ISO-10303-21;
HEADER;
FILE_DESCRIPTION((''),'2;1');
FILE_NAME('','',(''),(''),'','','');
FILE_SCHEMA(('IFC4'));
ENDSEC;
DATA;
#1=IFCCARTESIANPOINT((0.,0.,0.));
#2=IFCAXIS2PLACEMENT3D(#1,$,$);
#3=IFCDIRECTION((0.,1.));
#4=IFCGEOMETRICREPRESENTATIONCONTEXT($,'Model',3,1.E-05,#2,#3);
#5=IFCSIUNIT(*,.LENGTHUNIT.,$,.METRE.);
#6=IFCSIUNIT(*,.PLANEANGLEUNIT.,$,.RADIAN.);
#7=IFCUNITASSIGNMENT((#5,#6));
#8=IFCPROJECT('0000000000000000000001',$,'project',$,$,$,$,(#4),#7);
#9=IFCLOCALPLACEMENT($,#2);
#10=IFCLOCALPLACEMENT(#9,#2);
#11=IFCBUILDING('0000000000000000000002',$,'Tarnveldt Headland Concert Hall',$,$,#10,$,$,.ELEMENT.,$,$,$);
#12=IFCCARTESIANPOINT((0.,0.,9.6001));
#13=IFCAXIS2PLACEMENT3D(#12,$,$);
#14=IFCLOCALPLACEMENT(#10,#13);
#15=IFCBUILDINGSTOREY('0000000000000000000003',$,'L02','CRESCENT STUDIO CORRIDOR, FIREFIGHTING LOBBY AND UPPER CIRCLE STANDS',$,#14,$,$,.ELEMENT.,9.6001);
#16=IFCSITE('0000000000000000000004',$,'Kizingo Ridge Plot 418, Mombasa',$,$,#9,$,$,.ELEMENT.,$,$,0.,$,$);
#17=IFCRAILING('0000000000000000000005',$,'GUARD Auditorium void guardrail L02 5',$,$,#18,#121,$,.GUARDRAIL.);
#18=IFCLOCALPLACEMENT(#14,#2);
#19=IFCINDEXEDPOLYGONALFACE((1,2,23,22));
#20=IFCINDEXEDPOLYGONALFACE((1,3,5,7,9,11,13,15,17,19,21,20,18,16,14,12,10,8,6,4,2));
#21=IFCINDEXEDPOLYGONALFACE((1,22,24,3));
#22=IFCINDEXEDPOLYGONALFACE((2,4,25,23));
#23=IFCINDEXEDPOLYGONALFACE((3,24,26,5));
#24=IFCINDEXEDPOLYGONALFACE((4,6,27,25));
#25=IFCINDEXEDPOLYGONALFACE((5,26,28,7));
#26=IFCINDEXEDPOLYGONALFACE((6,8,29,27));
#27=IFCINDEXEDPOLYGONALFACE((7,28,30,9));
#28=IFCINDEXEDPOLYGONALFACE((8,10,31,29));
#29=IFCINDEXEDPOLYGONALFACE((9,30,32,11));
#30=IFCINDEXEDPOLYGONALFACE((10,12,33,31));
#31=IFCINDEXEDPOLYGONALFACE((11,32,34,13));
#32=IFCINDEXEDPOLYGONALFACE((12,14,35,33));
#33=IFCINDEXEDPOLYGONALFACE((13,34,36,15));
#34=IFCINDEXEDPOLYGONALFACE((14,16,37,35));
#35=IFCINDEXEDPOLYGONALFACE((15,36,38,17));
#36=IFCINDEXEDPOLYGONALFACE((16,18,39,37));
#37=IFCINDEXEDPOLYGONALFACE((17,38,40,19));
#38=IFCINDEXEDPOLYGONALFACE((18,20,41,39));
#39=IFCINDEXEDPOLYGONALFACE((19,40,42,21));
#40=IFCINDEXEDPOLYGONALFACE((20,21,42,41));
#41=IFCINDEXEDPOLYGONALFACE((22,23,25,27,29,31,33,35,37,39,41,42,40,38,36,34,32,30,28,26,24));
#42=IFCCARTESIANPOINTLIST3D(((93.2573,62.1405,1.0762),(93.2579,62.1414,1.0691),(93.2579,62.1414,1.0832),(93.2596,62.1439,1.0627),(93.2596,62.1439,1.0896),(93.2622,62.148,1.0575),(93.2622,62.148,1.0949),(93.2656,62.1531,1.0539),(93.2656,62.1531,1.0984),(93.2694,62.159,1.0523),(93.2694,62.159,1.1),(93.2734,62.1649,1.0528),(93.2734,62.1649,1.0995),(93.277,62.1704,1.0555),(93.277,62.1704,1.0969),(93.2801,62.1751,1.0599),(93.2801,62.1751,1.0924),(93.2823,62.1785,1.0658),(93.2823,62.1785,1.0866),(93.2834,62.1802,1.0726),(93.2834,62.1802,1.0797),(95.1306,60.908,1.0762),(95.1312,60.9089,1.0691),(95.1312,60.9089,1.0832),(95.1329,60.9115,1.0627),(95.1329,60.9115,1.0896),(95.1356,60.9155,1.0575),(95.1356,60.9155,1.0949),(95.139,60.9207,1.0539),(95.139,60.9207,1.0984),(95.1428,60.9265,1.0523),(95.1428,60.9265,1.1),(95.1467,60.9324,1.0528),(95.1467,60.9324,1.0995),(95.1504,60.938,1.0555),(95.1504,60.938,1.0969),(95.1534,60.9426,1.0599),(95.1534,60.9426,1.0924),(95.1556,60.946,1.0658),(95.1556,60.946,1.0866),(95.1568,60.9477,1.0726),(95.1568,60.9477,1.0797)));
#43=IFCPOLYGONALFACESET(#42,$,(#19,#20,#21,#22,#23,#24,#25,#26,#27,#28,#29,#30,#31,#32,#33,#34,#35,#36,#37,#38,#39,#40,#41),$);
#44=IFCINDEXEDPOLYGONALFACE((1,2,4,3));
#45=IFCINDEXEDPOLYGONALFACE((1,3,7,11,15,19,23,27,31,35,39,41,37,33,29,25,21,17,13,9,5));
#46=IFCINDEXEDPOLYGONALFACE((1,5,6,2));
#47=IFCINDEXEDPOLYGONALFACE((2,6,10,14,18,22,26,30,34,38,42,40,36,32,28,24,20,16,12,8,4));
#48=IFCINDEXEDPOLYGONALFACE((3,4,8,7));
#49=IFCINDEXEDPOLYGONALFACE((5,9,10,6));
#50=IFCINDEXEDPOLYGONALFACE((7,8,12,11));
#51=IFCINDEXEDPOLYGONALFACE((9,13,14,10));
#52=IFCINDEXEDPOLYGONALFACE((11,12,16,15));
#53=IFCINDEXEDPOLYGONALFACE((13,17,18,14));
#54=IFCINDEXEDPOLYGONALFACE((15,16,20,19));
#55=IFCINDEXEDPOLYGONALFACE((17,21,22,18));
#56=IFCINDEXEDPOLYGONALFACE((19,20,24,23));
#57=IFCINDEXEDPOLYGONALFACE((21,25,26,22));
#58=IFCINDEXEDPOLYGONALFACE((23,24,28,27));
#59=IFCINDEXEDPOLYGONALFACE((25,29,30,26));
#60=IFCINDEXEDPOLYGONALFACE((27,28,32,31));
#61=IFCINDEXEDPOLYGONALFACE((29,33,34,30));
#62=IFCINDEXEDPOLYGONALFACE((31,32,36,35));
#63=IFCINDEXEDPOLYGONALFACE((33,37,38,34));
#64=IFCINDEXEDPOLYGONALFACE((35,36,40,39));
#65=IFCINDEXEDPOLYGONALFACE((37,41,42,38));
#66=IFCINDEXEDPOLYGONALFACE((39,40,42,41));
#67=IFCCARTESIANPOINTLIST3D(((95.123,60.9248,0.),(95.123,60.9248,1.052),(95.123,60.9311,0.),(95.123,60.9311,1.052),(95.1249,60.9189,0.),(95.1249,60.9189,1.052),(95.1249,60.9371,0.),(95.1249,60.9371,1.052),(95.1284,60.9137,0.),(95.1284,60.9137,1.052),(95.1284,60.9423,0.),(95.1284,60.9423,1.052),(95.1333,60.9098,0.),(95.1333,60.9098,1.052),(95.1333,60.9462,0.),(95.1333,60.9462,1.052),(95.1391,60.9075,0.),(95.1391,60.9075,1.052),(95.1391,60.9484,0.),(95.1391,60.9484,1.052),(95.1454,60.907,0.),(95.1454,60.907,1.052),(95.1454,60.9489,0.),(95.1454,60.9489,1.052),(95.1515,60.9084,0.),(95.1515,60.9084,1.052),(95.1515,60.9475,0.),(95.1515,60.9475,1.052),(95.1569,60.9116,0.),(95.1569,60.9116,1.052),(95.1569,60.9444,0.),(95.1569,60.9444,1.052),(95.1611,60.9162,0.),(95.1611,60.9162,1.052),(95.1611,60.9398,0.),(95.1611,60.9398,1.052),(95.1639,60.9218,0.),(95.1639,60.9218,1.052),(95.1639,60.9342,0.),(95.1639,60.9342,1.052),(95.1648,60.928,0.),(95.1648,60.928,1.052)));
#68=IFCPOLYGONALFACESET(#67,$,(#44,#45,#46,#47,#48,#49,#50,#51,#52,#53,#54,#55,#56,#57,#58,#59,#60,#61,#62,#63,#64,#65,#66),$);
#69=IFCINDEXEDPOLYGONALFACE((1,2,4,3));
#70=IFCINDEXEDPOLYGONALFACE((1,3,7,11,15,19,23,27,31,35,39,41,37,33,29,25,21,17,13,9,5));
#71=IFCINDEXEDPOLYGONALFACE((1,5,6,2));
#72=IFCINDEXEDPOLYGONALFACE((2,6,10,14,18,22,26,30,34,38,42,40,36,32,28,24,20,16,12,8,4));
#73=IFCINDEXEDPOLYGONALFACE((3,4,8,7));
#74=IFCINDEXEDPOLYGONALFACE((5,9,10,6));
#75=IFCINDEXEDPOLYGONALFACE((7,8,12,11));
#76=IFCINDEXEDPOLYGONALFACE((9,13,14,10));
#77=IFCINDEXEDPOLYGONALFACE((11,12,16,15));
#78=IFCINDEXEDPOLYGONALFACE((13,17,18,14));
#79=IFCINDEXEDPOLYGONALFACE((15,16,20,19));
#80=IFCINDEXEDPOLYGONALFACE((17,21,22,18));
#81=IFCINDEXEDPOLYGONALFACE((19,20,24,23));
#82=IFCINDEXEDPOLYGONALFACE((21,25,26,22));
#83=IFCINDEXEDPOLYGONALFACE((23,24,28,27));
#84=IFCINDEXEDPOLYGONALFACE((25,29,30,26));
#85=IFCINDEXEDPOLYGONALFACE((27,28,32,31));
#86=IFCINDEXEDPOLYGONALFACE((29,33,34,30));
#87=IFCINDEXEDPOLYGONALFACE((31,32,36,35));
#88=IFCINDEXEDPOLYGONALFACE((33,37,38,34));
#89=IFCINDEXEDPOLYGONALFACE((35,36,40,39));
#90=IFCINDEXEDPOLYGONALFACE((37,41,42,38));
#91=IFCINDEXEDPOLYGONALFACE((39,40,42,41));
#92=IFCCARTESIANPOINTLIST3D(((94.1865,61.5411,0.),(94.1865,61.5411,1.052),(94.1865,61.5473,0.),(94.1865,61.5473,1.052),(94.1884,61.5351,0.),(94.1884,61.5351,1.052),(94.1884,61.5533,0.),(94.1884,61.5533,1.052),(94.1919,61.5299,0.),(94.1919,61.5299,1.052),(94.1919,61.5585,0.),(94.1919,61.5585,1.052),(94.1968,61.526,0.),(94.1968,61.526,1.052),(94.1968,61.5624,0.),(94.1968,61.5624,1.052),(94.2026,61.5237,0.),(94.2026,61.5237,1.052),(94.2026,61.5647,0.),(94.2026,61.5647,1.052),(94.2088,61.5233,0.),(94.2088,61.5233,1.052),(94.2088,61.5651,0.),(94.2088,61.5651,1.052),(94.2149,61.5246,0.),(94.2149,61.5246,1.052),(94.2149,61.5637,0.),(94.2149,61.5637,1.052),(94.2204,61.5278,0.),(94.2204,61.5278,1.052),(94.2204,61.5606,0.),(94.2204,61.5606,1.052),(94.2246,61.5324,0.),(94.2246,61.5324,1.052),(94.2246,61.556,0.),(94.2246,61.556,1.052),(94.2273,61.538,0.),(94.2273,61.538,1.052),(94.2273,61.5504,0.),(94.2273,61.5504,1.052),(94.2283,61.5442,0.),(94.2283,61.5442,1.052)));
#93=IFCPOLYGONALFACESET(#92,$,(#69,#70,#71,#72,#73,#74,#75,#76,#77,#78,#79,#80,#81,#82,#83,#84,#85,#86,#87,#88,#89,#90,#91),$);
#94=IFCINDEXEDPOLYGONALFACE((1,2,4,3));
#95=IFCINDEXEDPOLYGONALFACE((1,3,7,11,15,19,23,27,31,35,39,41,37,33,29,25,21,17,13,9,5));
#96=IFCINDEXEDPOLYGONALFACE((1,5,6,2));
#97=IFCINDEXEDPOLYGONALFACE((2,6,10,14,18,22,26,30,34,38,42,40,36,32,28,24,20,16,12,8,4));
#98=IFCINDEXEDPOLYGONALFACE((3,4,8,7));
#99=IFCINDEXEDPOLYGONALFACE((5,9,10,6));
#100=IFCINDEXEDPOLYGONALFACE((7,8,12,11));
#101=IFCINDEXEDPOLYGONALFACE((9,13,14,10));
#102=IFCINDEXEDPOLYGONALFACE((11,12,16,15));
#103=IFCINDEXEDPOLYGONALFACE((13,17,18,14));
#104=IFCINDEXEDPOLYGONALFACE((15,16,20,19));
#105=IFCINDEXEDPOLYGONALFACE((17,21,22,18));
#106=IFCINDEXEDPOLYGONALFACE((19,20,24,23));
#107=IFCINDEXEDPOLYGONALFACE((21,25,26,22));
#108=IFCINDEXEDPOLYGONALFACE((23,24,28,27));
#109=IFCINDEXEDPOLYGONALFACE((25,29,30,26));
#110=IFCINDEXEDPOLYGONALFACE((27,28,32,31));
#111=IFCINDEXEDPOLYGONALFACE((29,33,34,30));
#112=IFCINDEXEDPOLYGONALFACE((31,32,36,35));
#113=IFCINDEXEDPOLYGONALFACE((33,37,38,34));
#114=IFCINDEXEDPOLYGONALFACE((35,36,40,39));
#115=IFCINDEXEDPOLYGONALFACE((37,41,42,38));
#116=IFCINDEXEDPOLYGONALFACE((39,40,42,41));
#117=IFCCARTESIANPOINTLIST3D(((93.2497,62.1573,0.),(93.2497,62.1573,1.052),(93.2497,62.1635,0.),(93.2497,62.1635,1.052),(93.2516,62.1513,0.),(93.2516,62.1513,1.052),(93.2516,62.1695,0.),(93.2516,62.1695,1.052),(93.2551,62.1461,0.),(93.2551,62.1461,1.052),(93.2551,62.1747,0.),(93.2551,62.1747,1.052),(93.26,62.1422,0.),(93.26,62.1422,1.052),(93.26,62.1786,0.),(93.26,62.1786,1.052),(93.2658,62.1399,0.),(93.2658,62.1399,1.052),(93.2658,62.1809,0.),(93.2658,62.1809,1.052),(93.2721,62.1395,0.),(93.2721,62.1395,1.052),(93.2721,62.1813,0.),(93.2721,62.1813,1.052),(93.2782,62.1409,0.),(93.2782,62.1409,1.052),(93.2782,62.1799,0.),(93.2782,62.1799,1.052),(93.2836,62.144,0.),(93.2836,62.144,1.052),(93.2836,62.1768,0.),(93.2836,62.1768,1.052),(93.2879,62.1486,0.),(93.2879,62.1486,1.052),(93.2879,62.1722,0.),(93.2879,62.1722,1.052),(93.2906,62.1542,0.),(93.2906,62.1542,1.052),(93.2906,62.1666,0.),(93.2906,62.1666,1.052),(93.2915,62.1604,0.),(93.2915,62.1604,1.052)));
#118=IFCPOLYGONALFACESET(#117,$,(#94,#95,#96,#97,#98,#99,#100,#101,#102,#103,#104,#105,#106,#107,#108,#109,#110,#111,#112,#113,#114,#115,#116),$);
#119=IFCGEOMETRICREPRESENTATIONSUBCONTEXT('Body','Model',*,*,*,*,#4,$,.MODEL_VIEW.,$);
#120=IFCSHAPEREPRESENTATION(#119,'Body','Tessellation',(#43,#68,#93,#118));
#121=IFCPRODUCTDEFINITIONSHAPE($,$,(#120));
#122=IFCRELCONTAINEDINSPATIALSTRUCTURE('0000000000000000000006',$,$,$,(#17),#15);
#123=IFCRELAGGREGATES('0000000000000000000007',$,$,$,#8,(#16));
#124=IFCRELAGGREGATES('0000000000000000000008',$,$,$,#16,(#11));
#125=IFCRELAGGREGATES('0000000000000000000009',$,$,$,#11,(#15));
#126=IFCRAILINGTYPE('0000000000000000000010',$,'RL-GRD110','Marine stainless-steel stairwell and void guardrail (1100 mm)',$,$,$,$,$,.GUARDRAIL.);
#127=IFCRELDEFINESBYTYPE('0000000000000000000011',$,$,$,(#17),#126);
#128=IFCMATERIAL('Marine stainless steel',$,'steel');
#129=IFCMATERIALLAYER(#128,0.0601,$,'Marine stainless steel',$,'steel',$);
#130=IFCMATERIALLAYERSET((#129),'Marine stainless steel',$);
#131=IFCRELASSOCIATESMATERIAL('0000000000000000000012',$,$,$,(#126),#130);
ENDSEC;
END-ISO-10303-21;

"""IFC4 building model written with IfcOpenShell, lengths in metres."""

from ifc_helpers import new_model, si_unit, direction, frame, origin, origin_2d, place, context, subcontext, project, spatial, circle, extrude, material, layer, layer_set, type_object, element, save


model = new_model("IFC4")

# Units and contexts
model_context = context("Model", 3, precision=1e-05, world=origin(), true_north=direction((0.0, 1.0)))
body_context = subcontext(model_context, "Body", "Model", "MODEL_VIEW")
ifc_project = project(units=[si_unit("LENGTHUNIT", "METRE"), si_unit("PLANEANGLEUNIT", "RADIAN")], contexts=[model_context])

# Site, building, storey
site_placement = place(None, origin())
site = spatial("IfcSite", under=ifc_project, at=site_placement, Name="Kizingo Ridge Plot 418, Mombasa", CompositionType="ELEMENT", RefElevation=0.0)
building_placement = place(site_placement, origin())
building = spatial("IfcBuilding", under=site, at=building_placement, Name="Tarnveldt Headland Concert Hall", CompositionType="ELEMENT")
storey_placement = place(building_placement, frame((0.0, 0.0, 9.6001)))
storey = spatial("IfcBuildingStorey", under=building, at=storey_placement, Name="L02", Description="CRESCENT STUDIO CORRIDOR, FIREFIGHTING LOBBY AND UPPER CIRCLE STANDS", CompositionType="ELEMENT", Elevation=9.6001)

# Railing
ifc_material_1 = material(Name="Marine stainless steel", Category="steel")
ifc_layer_1 = layer(ifc_material_1, 0.0601, Name="Marine stainless steel", Category="steel")
ifc_layer_set_1 = layer_set([ifc_layer_1], Name="Marine stainless steel")
railing_type = type_object("IfcRailingType", Name="RL-GRD110", Description="Marine stainless-steel stairwell and void guardrail (1100 mm)", PredefinedType="GUARDRAIL", material=ifc_layer_set_1)
railing_1_placement = place(storey_placement, frame((95.1438, 60.928, 0.0)))
element("IfcRailing", 1, at=railing_1_placement, inside=storey, type_object=railing_type, Name="GUARD Auditorium void guardrail L02 5", PredefinedType="GUARDRAIL", context=body_context, shape_type="SweptSolid", body=[
    extrude(circle(Radius=0.0239, at=origin_2d()), frame((0.0, 0.0, 1.0762), z_axis=(-0.835418, 0.549615, 0.0), x_axis=(-0.549615, -0.835418, 0.0)), (0.0, 0.0, 1.0), 2.2424),
    extrude(circle(Radius=0.021, at=origin_2d()), origin(), (0.0, 0.0, 1.0), 1.052),
    extrude(circle(Radius=0.021, at=origin_2d()), frame((-0.9365, 0.6162, 0.0)), (0.0, 0.0, 1.0), 1.052),
    extrude(circle(Radius=0.021, at=origin_2d()), frame((-1.8733, 1.2324, 0.0)), (0.0, 0.0, 1.0), 1.052),
])

save(model, "model.ifc")
